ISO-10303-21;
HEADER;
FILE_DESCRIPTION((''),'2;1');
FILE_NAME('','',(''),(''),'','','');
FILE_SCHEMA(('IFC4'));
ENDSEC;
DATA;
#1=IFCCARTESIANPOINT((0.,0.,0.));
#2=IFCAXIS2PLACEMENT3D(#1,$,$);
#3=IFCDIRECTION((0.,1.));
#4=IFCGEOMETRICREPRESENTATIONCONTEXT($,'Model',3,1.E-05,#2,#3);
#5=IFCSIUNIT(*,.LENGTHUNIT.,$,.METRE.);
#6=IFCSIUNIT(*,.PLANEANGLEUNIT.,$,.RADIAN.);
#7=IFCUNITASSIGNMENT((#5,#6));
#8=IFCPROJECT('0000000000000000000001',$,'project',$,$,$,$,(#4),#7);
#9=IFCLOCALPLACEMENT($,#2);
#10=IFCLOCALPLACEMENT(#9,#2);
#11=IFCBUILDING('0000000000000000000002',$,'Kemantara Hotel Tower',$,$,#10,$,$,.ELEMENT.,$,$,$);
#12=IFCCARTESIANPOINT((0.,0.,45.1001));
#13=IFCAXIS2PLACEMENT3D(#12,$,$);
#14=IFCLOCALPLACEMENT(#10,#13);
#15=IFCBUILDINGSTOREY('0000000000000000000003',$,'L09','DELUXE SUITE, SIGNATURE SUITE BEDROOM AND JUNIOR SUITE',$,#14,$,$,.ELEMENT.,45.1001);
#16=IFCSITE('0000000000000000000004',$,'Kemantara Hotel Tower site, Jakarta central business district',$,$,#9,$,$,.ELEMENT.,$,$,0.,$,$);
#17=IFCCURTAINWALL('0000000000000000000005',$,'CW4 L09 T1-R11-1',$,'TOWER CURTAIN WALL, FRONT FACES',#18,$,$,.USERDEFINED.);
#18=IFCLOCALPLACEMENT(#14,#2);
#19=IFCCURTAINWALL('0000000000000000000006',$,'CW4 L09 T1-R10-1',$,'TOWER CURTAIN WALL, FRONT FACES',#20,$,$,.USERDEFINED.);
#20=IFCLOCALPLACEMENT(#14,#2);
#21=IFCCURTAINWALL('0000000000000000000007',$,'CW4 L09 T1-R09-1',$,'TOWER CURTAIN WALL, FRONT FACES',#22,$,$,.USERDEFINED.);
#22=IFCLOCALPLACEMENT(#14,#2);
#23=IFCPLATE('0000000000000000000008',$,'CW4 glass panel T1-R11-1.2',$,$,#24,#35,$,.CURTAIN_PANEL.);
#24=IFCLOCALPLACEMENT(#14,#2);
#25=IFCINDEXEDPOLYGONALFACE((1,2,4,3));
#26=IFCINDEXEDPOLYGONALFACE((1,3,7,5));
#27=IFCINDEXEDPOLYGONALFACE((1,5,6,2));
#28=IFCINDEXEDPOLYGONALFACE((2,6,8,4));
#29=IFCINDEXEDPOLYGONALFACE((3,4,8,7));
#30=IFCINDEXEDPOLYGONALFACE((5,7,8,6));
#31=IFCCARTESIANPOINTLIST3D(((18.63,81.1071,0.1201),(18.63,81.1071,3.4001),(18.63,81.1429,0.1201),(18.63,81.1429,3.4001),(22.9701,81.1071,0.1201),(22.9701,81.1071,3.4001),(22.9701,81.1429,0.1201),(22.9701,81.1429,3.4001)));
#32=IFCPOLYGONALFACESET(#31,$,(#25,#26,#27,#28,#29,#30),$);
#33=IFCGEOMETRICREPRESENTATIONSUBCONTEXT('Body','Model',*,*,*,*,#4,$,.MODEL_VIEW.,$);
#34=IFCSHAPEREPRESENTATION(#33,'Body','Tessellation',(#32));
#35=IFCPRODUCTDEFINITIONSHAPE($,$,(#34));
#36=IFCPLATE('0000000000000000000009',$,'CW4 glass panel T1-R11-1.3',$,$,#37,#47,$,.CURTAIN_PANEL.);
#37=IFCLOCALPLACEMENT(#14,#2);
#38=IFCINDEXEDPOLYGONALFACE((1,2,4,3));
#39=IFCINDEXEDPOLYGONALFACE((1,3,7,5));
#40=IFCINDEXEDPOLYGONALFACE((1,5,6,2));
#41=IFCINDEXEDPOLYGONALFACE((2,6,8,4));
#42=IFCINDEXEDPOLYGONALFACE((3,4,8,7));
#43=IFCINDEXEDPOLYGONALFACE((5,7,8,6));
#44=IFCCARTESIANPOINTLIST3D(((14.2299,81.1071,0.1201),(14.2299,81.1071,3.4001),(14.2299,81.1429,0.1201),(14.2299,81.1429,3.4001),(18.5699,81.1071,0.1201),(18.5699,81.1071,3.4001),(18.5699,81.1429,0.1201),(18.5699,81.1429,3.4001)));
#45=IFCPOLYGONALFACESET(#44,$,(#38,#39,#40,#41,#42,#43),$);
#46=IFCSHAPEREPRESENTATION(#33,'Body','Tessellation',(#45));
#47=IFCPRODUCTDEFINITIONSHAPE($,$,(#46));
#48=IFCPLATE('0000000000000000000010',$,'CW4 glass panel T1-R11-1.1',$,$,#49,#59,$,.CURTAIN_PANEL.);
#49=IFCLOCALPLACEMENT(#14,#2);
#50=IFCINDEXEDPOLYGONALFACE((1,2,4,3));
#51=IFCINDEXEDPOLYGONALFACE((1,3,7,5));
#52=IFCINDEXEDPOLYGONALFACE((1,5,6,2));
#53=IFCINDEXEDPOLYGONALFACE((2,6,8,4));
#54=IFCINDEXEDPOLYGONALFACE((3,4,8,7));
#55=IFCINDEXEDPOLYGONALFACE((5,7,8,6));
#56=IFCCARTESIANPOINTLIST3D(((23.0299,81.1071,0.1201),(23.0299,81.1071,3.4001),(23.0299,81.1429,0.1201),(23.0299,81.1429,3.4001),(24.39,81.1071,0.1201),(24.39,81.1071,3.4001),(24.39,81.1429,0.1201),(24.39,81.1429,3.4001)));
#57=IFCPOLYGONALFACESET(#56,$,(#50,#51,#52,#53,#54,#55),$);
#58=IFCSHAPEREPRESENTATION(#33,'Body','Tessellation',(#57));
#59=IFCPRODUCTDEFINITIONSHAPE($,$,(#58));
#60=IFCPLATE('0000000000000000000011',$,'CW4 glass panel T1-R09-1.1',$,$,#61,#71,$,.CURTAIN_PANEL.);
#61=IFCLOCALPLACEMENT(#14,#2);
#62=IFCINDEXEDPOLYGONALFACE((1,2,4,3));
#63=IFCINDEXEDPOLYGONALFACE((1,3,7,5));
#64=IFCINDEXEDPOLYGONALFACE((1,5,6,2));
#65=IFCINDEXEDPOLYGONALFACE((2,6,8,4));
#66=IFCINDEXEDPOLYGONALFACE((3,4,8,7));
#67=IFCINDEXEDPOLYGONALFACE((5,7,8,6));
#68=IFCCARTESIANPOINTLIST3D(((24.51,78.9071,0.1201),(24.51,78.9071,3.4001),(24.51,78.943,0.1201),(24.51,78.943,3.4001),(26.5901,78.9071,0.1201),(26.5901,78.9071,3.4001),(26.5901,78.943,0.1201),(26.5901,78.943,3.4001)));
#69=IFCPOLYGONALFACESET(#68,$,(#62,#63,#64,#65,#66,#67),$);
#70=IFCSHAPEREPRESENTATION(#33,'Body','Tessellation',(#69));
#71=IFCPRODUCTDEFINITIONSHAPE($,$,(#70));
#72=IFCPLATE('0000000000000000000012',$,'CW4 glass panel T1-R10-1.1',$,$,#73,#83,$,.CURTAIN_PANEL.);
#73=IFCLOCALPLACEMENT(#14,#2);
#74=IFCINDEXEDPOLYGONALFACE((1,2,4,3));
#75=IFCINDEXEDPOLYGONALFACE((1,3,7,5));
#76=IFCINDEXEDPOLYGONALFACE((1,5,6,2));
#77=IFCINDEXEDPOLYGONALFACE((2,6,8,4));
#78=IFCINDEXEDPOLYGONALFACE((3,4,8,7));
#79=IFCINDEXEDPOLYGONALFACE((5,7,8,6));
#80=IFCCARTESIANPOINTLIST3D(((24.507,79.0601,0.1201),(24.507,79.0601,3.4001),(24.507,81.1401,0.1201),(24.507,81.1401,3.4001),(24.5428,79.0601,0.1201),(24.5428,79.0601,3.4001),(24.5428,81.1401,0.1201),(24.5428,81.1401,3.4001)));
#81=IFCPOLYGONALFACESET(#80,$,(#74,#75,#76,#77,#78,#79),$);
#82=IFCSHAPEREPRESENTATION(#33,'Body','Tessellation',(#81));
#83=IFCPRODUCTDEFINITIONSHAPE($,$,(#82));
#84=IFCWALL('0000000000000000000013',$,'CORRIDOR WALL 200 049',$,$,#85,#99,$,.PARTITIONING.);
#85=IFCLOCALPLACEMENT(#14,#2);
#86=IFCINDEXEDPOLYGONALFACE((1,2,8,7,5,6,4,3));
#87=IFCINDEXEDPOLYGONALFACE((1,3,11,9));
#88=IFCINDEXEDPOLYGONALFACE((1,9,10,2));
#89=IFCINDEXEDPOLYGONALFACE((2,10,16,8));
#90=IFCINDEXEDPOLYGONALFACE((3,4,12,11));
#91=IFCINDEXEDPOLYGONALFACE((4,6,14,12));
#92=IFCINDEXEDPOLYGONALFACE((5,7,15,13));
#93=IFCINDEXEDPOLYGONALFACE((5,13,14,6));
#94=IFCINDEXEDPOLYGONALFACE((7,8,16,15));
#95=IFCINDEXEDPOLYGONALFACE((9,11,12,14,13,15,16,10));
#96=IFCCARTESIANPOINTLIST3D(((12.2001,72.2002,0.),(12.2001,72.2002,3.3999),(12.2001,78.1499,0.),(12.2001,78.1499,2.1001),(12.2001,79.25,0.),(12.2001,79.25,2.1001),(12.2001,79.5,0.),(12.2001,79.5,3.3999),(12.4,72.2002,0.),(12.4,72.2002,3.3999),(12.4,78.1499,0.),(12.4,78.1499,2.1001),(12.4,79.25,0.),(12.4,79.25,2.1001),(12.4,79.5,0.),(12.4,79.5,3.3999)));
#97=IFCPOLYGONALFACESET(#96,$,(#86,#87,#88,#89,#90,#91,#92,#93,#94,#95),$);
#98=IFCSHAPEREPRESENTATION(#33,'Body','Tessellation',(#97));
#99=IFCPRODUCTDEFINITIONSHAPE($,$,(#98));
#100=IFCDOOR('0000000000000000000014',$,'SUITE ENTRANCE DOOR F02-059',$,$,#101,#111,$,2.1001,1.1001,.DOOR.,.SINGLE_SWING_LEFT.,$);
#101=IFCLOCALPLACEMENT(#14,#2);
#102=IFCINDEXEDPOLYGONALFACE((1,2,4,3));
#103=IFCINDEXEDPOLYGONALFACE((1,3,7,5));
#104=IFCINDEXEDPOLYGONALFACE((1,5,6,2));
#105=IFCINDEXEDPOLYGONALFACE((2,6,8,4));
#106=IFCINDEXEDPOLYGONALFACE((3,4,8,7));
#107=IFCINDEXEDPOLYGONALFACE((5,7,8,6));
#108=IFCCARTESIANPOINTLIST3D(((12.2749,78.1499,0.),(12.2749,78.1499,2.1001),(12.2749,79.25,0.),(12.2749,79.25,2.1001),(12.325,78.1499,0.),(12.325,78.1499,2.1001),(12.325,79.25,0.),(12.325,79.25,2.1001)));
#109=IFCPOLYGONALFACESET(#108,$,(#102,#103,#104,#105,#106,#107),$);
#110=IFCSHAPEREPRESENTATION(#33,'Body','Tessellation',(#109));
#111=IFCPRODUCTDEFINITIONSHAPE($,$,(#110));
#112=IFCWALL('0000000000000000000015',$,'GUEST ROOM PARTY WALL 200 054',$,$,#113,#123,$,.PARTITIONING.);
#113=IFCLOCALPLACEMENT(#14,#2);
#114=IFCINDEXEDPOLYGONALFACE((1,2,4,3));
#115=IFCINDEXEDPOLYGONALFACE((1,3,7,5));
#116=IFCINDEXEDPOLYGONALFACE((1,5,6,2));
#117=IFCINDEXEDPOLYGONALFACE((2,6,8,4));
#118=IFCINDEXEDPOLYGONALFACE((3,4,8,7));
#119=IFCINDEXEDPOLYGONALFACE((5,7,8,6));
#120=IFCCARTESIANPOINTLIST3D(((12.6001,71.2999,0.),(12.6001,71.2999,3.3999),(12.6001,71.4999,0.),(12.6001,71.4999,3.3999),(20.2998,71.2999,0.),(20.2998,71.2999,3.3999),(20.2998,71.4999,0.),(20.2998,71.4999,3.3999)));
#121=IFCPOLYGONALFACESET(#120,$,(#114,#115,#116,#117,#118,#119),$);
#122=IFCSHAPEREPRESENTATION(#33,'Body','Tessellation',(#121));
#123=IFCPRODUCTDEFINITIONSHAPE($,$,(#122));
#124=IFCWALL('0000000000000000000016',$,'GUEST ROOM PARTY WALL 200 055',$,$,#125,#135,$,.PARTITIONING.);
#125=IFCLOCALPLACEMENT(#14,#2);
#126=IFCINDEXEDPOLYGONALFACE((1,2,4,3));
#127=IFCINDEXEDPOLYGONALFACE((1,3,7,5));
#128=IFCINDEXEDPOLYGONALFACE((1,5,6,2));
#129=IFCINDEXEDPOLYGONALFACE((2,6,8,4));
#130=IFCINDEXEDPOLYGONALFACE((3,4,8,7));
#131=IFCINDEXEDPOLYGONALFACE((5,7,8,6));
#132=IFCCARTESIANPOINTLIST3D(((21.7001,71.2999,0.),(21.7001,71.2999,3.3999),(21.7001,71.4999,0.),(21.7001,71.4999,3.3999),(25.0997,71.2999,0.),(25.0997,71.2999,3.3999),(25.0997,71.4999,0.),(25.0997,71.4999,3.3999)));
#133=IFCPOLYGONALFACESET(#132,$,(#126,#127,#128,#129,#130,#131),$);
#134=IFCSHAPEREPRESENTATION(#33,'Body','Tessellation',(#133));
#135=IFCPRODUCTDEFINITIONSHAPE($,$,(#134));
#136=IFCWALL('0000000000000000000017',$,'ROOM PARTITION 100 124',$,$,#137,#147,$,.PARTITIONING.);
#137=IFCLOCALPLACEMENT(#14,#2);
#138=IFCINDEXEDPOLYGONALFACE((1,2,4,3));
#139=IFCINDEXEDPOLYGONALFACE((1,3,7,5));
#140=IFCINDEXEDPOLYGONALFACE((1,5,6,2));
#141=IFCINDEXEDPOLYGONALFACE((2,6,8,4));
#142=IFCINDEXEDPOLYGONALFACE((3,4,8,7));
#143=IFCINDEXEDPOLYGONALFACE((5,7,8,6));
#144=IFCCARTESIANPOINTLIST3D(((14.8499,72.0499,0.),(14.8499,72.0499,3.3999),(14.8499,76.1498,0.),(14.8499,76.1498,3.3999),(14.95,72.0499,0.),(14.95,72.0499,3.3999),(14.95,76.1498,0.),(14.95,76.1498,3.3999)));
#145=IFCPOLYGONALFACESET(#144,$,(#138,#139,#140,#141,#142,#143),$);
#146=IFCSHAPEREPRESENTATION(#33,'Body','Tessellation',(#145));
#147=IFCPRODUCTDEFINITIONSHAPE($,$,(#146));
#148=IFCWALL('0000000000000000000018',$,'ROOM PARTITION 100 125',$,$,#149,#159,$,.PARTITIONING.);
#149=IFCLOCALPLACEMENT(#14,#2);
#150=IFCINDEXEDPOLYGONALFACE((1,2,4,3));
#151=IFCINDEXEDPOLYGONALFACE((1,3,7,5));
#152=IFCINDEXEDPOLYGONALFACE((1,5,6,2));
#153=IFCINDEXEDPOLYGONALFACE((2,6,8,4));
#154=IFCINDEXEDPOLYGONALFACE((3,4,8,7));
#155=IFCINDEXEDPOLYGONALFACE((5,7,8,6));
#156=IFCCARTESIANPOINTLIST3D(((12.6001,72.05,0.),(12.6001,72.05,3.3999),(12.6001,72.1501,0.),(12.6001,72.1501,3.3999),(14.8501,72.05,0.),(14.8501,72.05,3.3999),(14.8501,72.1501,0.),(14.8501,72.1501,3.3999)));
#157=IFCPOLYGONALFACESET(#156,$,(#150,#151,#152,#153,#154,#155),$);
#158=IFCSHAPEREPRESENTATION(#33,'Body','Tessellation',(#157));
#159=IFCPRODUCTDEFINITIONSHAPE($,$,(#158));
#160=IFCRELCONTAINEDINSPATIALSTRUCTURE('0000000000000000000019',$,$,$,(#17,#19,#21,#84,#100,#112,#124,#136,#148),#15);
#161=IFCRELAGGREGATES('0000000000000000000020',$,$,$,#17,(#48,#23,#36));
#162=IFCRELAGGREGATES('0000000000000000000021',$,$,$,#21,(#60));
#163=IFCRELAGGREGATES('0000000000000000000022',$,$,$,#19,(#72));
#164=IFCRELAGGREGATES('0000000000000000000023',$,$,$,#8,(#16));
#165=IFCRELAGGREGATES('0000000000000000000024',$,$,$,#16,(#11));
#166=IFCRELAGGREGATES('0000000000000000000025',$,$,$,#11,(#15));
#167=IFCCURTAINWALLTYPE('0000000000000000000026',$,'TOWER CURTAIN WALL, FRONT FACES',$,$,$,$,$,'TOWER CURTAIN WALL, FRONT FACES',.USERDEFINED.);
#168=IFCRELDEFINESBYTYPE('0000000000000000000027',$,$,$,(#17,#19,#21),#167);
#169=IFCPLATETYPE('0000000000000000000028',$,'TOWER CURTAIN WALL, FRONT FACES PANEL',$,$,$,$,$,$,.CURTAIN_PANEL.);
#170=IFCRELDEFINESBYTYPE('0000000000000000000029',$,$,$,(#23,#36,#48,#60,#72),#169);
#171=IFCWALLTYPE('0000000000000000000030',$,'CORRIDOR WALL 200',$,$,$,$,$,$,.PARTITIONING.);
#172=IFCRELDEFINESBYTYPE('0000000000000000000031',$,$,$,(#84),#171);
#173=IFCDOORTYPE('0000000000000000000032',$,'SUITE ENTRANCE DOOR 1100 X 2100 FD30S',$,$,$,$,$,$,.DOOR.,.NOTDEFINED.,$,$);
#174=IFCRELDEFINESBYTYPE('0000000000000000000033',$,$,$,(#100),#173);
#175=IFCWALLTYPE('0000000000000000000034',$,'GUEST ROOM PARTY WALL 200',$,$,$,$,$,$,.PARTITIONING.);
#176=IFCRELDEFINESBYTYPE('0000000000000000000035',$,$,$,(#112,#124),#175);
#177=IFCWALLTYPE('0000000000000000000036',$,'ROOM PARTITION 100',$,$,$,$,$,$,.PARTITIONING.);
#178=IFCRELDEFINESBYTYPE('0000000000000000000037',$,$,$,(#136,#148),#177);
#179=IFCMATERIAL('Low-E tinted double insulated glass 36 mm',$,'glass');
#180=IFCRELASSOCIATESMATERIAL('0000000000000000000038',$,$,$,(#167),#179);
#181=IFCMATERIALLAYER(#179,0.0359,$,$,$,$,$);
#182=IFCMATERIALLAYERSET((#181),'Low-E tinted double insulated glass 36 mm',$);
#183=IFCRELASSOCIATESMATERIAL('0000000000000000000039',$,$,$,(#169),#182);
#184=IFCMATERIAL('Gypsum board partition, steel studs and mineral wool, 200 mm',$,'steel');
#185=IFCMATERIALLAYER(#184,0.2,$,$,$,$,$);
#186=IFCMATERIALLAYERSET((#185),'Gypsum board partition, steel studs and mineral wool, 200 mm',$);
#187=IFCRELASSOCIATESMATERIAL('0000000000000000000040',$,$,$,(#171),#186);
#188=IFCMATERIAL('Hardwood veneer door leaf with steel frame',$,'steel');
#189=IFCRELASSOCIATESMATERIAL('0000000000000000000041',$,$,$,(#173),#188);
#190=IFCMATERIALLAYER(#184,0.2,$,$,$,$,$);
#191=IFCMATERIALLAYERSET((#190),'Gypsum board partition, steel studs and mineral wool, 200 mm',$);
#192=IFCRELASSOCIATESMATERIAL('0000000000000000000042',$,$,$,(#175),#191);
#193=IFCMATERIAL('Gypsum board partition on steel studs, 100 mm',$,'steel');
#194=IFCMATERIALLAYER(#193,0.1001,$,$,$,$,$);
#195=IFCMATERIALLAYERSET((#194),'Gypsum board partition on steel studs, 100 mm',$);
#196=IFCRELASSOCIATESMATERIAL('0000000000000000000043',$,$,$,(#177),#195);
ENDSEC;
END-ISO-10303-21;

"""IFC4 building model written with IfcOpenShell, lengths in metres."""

from ifc_helpers import new_model, si_unit, direction, frame, frame_2d, origin, origin_2d, place, context, subcontext, project, spatial, rectangle, extrude, source, transform, mapped, material, layer, layer_set, type_object, element, fill, aggregate, save


model = new_model("IFC4")

# Units and contexts
model_context = context("Model", 3, precision=1e-05, world=origin(), true_north=direction((0.0, 1.0)))
body_context = subcontext(model_context, "Body", "Model", "MODEL_VIEW")
ifc_project = project(units=[si_unit("LENGTHUNIT", "METRE"), si_unit("PLANEANGLEUNIT", "RADIAN")], contexts=[model_context])

# Site, building, storey
site_placement = place(None, origin())
site = spatial("IfcSite", under=ifc_project, at=site_placement, Name="Kemantara Hotel Tower site, Jakarta central business district", CompositionType="ELEMENT", RefElevation=0.0)
building_placement = place(site_placement, origin())
building = spatial("IfcBuilding", under=site, at=building_placement, Name="Kemantara Hotel Tower", CompositionType="ELEMENT")
storey_placement = place(building_placement, frame((0.0, 0.0, 45.1001)))
storey = spatial("IfcBuildingStorey", under=building, at=storey_placement, Name="L09", Description="DELUXE SUITE, SIGNATURE SUITE BEDROOM AND JUNIOR SUITE", CompositionType="ELEMENT", Elevation=45.1001)

# Curtain walls
ifc_material_1 = material(Name="Low-E tinted double insulated glass 36 mm", Category="glass")
curtain_wall_type = type_object("IfcCurtainWallType", Name="TOWER CURTAIN WALL, FRONT FACES", ElementType="TOWER CURTAIN WALL, FRONT FACES", PredefinedType="USERDEFINED", material=ifc_material_1)
curtain_wall_1_placement = place(storey_placement, origin())
curtain_wall_1 = element("IfcCurtainWall", 1, at=curtain_wall_1_placement, inside=storey, type_object=curtain_wall_type, Name="CW4 L09 T1-R11-1", ObjectType="TOWER CURTAIN WALL, FRONT FACES", PredefinedType="USERDEFINED")
curtain_wall_2_placement = place(storey_placement, origin())
curtain_wall_2 = element("IfcCurtainWall", 2, at=curtain_wall_2_placement, inside=storey, type_object=curtain_wall_type, Name="CW4 L09 T1-R10-1", ObjectType="TOWER CURTAIN WALL, FRONT FACES", PredefinedType="USERDEFINED")

# Curtain wall
curtain_wall_3_placement = place(storey_placement, origin())
curtain_wall_3 = element("IfcCurtainWall", 3, at=curtain_wall_3_placement, inside=storey, type_object=curtain_wall_type, Name="CW4 L09 T1-R09-1", ObjectType="TOWER CURTAIN WALL, FRONT FACES", PredefinedType="USERDEFINED")

# Plates
ifc_layer_1 = layer(ifc_material_1, 0.0359)
ifc_layer_set_1 = layer_set([ifc_layer_1], Name="Low-E tinted double insulated glass 36 mm")
plate_type = type_object("IfcPlateType", Name="TOWER CURTAIN WALL, FRONT FACES PANEL", PredefinedType="CURTAIN_PANEL", material=ifc_layer_set_1)
shared_shape_1 = source(origin(), body_context, "Body", "SweptSolid", [
    extrude(rectangle(XDim=4.3401, YDim=0.0359, at=origin_2d()), origin(), (0.0, 0.0, 1.0), 3.28),
])
plate_1_placement = place(storey_placement, frame((20.8, 81.125, 0.1201), z_axis=(0.0, 0.0, 1.0), x_axis=(-1.0, 0.0, 0.0)))
plate_1 = element("IfcPlate", 4, at=plate_1_placement, type_object=plate_type, Name="CW4 glass panel T1-R11-1.2", PredefinedType="CURTAIN_PANEL", context=body_context, shape_type="MappedRepresentation", body=[
    mapped(shared_shape_1, transform((0.0, 0.0, 0.0))),
])
plate_2_placement = place(storey_placement, frame((16.3999, 81.125, 0.1201), z_axis=(0.0, 0.0, 1.0), x_axis=(-1.0, 0.0, 0.0)))
plate_2 = element("IfcPlate", 5, at=plate_2_placement, type_object=plate_type, Name="CW4 glass panel T1-R11-1.3", PredefinedType="CURTAIN_PANEL", context=body_context, shape_type="MappedRepresentation", body=[
    mapped(shared_shape_1, transform((0.0, 0.0, 0.0))),
])
shared_shape_2 = source(origin(), body_context, "Body", "SweptSolid", [
    extrude(rectangle(XDim=1.3601, YDim=0.0359, at=origin_2d()), origin(), (0.0, 0.0, 1.0), 3.28),
])
plate_3_placement = place(storey_placement, frame((23.71, 81.125, 0.1201), z_axis=(0.0, 0.0, 1.0), x_axis=(-1.0, 0.0, 0.0)))
plate_3 = element("IfcPlate", 6, at=plate_3_placement, type_object=plate_type, Name="CW4 glass panel T1-R11-1.1", PredefinedType="CURTAIN_PANEL", context=body_context, shape_type="MappedRepresentation", body=[
    mapped(shared_shape_2, transform((0.0, 0.0, 0.0))),
])
aggregate(curtain_wall_1, [plate_3, plate_1, plate_2])
shared_shape_3 = source(origin(), body_context, "Body", "SweptSolid", [
    extrude(rectangle(XDim=2.0801, YDim=0.0359, at=origin_2d()), origin(), (0.0, 0.0, 1.0), 3.28),
])
plate_4_placement = place(storey_placement, frame((25.55, 78.925, 0.1201), z_axis=(0.0, 0.0, 1.0), x_axis=(-1.0, 0.0, 0.0)))
plate_4 = element("IfcPlate", 7, at=plate_4_placement, type_object=plate_type, Name="CW4 glass panel T1-R09-1.1", PredefinedType="CURTAIN_PANEL", context=body_context, shape_type="MappedRepresentation", body=[
    mapped(shared_shape_3, transform((0.0, 0.0, 0.0))),
])
aggregate(curtain_wall_3, [plate_4])
plate_5_placement = place(storey_placement, frame((24.5249, 80.1001, 0.1201), z_axis=(0.0, 0.0, 1.0), x_axis=(0.0, 1.0, 0.0)))
plate_5 = element("IfcPlate", 8, at=plate_5_placement, type_object=plate_type, Name="CW4 glass panel T1-R10-1.1", PredefinedType="CURTAIN_PANEL", context=body_context, shape_type="MappedRepresentation", body=[
    mapped(shared_shape_3, transform((0.0, 0.0, 0.0))),
])
aggregate(curtain_wall_2, [plate_5])

# Wall, opening, door
ifc_material_2 = material(Name="Gypsum board partition, steel studs and mineral wool, 200 mm", Category="steel")
ifc_layer_2 = layer(ifc_material_2, 0.2)
ifc_layer_set_2 = layer_set([ifc_layer_2], Name="Gypsum board partition, steel studs and mineral wool, 200 mm")
wall_type_1 = type_object("IfcWallType", Name="CORRIDOR WALL 200", PredefinedType="PARTITIONING", material=ifc_layer_set_2)
wall_1_placement = place(storey_placement, frame((12.3, 79.5, 0.0), z_axis=(0.0, 0.0, 1.0), x_axis=(0.0, -1.0, 0.0)))
wall_1 = element("IfcWall", 9, at=wall_1_placement, inside=storey, type_object=wall_type_1, Name="CORRIDOR WALL 200 049", PredefinedType="PARTITIONING", context=body_context, shape_type="SweptSolid", body=[
    extrude(rectangle(XDim=7.2998, YDim=0.2, at=frame_2d((3.6499, 0.0))), origin(), (0.0, 0.0, 1.0), 3.3999),
])
opening_1_placement = place(wall_1_placement, frame((0.25, 0.0, 0.0)))
opening_1 = element("IfcOpeningElement", 10, at=opening_1_placement, cuts=wall_1, PredefinedType="OPENING", context=body_context, shape_type="SweptSolid", body=[
    extrude(rectangle(XDim=1.1001, YDim=2.1001, at=frame_2d((0.55, 1.05))), frame((0.0, 0.1099, 0.0), z_axis=(0.0, -1.0, 0.0), x_axis=(1.0, 0.0, 0.0)), (0.0, 0.0, 1.0), 0.22),
])
ifc_material_3 = material(Name="Hardwood veneer door leaf with steel frame", Category="steel")
door_type_1 = type_object("IfcDoorType", Name="SUITE ENTRANCE DOOR 1100 X 2100 FD30S", OperationType="NOTDEFINED", PredefinedType="DOOR", material=ifc_material_3)
door_1_placement = place(opening_1_placement, origin())
door_1 = element("IfcDoor", 11, at=door_1_placement, inside=storey, type_object=door_type_1, Name="SUITE ENTRANCE DOOR F02-059", OperationType="SINGLE_SWING_LEFT", OverallHeight=2.1001, OverallWidth=1.1001, PredefinedType="DOOR", context=body_context, shape_type="SweptSolid", body=[
    extrude(rectangle(XDim=1.1001, YDim=2.1001, at=frame_2d((0.55, 1.05))), frame((0.0, 0.0249, 0.0), z_axis=(0.0, -1.0, 0.0), x_axis=(1.0, 0.0, 0.0)), (0.0, 0.0, 1.0), 0.05),
])
fill(opening_1, door_1)

# Walls
ifc_layer_3 = layer(ifc_material_2, 0.2)
ifc_layer_set_3 = layer_set([ifc_layer_3], Name="Gypsum board partition, steel studs and mineral wool, 200 mm")
wall_type_2 = type_object("IfcWallType", Name="GUEST ROOM PARTY WALL 200", PredefinedType="PARTITIONING", material=ifc_layer_set_3)
wall_2_placement = place(storey_placement, frame((12.6001, 71.3999, 0.0), z_axis=(0.0, 0.0, 1.0), x_axis=(1.0, 0.0, 0.0)))
element("IfcWall", 12, at=wall_2_placement, inside=storey, type_object=wall_type_2, Name="GUEST ROOM PARTY WALL 200 054", PredefinedType="PARTITIONING", context=body_context, shape_type="SweptSolid", body=[
    extrude(rectangle(XDim=7.6997, YDim=0.2, at=frame_2d((3.8499, 0.0))), origin(), (0.0, 0.0, 1.0), 3.3999),
])
wall_3_placement = place(storey_placement, frame((21.7002, 71.3999, 0.0), z_axis=(0.0, 0.0, 1.0), x_axis=(1.0, 0.0, 0.0)))
element("IfcWall", 13, at=wall_3_placement, inside=storey, type_object=wall_type_2, Name="GUEST ROOM PARTY WALL 200 055", PredefinedType="PARTITIONING", context=body_context, shape_type="SweptSolid", body=[
    extrude(rectangle(XDim=3.3997, YDim=0.2, at=frame_2d((1.6997, 0.0))), origin(), (0.0, 0.0, 1.0), 3.3999),
])
ifc_material_4 = material(Name="Gypsum board partition on steel studs, 100 mm", Category="steel")
ifc_layer_4 = layer(ifc_material_4, 0.1001)
ifc_layer_set_4 = layer_set([ifc_layer_4], Name="Gypsum board partition on steel studs, 100 mm")
wall_type_3 = type_object("IfcWallType", Name="ROOM PARTITION 100", PredefinedType="PARTITIONING", material=ifc_layer_set_4)
wall_4_placement = place(storey_placement, frame((14.8999, 72.05, 0.0), z_axis=(0.0, 0.0, 1.0), x_axis=(0.0, 1.0, 0.0)))
element("IfcWall", 14, at=wall_4_placement, inside=storey, type_object=wall_type_3, Name="ROOM PARTITION 100 124", PredefinedType="PARTITIONING", context=body_context, shape_type="SweptSolid", body=[
    extrude(rectangle(XDim=4.0999, YDim=0.1001, at=frame_2d((2.0498, 0.0))), origin(), (0.0, 0.0, 1.0), 3.3999),
])
wall_5_placement = place(storey_placement, frame((12.6001, 72.1001, 0.0), z_axis=(0.0, 0.0, 1.0), x_axis=(1.0, 0.0, 0.0)))
element("IfcWall", 15, at=wall_5_placement, inside=storey, type_object=wall_type_3, Name="ROOM PARTITION 100 125", PredefinedType="PARTITIONING", context=body_context, shape_type="SweptSolid", body=[
    extrude(rectangle(XDim=2.25, YDim=0.1001, at=frame_2d((1.125, 0.0))), origin(), (0.0, 0.0, 1.0), 3.3999),
])

save(model, "model.ifc")
